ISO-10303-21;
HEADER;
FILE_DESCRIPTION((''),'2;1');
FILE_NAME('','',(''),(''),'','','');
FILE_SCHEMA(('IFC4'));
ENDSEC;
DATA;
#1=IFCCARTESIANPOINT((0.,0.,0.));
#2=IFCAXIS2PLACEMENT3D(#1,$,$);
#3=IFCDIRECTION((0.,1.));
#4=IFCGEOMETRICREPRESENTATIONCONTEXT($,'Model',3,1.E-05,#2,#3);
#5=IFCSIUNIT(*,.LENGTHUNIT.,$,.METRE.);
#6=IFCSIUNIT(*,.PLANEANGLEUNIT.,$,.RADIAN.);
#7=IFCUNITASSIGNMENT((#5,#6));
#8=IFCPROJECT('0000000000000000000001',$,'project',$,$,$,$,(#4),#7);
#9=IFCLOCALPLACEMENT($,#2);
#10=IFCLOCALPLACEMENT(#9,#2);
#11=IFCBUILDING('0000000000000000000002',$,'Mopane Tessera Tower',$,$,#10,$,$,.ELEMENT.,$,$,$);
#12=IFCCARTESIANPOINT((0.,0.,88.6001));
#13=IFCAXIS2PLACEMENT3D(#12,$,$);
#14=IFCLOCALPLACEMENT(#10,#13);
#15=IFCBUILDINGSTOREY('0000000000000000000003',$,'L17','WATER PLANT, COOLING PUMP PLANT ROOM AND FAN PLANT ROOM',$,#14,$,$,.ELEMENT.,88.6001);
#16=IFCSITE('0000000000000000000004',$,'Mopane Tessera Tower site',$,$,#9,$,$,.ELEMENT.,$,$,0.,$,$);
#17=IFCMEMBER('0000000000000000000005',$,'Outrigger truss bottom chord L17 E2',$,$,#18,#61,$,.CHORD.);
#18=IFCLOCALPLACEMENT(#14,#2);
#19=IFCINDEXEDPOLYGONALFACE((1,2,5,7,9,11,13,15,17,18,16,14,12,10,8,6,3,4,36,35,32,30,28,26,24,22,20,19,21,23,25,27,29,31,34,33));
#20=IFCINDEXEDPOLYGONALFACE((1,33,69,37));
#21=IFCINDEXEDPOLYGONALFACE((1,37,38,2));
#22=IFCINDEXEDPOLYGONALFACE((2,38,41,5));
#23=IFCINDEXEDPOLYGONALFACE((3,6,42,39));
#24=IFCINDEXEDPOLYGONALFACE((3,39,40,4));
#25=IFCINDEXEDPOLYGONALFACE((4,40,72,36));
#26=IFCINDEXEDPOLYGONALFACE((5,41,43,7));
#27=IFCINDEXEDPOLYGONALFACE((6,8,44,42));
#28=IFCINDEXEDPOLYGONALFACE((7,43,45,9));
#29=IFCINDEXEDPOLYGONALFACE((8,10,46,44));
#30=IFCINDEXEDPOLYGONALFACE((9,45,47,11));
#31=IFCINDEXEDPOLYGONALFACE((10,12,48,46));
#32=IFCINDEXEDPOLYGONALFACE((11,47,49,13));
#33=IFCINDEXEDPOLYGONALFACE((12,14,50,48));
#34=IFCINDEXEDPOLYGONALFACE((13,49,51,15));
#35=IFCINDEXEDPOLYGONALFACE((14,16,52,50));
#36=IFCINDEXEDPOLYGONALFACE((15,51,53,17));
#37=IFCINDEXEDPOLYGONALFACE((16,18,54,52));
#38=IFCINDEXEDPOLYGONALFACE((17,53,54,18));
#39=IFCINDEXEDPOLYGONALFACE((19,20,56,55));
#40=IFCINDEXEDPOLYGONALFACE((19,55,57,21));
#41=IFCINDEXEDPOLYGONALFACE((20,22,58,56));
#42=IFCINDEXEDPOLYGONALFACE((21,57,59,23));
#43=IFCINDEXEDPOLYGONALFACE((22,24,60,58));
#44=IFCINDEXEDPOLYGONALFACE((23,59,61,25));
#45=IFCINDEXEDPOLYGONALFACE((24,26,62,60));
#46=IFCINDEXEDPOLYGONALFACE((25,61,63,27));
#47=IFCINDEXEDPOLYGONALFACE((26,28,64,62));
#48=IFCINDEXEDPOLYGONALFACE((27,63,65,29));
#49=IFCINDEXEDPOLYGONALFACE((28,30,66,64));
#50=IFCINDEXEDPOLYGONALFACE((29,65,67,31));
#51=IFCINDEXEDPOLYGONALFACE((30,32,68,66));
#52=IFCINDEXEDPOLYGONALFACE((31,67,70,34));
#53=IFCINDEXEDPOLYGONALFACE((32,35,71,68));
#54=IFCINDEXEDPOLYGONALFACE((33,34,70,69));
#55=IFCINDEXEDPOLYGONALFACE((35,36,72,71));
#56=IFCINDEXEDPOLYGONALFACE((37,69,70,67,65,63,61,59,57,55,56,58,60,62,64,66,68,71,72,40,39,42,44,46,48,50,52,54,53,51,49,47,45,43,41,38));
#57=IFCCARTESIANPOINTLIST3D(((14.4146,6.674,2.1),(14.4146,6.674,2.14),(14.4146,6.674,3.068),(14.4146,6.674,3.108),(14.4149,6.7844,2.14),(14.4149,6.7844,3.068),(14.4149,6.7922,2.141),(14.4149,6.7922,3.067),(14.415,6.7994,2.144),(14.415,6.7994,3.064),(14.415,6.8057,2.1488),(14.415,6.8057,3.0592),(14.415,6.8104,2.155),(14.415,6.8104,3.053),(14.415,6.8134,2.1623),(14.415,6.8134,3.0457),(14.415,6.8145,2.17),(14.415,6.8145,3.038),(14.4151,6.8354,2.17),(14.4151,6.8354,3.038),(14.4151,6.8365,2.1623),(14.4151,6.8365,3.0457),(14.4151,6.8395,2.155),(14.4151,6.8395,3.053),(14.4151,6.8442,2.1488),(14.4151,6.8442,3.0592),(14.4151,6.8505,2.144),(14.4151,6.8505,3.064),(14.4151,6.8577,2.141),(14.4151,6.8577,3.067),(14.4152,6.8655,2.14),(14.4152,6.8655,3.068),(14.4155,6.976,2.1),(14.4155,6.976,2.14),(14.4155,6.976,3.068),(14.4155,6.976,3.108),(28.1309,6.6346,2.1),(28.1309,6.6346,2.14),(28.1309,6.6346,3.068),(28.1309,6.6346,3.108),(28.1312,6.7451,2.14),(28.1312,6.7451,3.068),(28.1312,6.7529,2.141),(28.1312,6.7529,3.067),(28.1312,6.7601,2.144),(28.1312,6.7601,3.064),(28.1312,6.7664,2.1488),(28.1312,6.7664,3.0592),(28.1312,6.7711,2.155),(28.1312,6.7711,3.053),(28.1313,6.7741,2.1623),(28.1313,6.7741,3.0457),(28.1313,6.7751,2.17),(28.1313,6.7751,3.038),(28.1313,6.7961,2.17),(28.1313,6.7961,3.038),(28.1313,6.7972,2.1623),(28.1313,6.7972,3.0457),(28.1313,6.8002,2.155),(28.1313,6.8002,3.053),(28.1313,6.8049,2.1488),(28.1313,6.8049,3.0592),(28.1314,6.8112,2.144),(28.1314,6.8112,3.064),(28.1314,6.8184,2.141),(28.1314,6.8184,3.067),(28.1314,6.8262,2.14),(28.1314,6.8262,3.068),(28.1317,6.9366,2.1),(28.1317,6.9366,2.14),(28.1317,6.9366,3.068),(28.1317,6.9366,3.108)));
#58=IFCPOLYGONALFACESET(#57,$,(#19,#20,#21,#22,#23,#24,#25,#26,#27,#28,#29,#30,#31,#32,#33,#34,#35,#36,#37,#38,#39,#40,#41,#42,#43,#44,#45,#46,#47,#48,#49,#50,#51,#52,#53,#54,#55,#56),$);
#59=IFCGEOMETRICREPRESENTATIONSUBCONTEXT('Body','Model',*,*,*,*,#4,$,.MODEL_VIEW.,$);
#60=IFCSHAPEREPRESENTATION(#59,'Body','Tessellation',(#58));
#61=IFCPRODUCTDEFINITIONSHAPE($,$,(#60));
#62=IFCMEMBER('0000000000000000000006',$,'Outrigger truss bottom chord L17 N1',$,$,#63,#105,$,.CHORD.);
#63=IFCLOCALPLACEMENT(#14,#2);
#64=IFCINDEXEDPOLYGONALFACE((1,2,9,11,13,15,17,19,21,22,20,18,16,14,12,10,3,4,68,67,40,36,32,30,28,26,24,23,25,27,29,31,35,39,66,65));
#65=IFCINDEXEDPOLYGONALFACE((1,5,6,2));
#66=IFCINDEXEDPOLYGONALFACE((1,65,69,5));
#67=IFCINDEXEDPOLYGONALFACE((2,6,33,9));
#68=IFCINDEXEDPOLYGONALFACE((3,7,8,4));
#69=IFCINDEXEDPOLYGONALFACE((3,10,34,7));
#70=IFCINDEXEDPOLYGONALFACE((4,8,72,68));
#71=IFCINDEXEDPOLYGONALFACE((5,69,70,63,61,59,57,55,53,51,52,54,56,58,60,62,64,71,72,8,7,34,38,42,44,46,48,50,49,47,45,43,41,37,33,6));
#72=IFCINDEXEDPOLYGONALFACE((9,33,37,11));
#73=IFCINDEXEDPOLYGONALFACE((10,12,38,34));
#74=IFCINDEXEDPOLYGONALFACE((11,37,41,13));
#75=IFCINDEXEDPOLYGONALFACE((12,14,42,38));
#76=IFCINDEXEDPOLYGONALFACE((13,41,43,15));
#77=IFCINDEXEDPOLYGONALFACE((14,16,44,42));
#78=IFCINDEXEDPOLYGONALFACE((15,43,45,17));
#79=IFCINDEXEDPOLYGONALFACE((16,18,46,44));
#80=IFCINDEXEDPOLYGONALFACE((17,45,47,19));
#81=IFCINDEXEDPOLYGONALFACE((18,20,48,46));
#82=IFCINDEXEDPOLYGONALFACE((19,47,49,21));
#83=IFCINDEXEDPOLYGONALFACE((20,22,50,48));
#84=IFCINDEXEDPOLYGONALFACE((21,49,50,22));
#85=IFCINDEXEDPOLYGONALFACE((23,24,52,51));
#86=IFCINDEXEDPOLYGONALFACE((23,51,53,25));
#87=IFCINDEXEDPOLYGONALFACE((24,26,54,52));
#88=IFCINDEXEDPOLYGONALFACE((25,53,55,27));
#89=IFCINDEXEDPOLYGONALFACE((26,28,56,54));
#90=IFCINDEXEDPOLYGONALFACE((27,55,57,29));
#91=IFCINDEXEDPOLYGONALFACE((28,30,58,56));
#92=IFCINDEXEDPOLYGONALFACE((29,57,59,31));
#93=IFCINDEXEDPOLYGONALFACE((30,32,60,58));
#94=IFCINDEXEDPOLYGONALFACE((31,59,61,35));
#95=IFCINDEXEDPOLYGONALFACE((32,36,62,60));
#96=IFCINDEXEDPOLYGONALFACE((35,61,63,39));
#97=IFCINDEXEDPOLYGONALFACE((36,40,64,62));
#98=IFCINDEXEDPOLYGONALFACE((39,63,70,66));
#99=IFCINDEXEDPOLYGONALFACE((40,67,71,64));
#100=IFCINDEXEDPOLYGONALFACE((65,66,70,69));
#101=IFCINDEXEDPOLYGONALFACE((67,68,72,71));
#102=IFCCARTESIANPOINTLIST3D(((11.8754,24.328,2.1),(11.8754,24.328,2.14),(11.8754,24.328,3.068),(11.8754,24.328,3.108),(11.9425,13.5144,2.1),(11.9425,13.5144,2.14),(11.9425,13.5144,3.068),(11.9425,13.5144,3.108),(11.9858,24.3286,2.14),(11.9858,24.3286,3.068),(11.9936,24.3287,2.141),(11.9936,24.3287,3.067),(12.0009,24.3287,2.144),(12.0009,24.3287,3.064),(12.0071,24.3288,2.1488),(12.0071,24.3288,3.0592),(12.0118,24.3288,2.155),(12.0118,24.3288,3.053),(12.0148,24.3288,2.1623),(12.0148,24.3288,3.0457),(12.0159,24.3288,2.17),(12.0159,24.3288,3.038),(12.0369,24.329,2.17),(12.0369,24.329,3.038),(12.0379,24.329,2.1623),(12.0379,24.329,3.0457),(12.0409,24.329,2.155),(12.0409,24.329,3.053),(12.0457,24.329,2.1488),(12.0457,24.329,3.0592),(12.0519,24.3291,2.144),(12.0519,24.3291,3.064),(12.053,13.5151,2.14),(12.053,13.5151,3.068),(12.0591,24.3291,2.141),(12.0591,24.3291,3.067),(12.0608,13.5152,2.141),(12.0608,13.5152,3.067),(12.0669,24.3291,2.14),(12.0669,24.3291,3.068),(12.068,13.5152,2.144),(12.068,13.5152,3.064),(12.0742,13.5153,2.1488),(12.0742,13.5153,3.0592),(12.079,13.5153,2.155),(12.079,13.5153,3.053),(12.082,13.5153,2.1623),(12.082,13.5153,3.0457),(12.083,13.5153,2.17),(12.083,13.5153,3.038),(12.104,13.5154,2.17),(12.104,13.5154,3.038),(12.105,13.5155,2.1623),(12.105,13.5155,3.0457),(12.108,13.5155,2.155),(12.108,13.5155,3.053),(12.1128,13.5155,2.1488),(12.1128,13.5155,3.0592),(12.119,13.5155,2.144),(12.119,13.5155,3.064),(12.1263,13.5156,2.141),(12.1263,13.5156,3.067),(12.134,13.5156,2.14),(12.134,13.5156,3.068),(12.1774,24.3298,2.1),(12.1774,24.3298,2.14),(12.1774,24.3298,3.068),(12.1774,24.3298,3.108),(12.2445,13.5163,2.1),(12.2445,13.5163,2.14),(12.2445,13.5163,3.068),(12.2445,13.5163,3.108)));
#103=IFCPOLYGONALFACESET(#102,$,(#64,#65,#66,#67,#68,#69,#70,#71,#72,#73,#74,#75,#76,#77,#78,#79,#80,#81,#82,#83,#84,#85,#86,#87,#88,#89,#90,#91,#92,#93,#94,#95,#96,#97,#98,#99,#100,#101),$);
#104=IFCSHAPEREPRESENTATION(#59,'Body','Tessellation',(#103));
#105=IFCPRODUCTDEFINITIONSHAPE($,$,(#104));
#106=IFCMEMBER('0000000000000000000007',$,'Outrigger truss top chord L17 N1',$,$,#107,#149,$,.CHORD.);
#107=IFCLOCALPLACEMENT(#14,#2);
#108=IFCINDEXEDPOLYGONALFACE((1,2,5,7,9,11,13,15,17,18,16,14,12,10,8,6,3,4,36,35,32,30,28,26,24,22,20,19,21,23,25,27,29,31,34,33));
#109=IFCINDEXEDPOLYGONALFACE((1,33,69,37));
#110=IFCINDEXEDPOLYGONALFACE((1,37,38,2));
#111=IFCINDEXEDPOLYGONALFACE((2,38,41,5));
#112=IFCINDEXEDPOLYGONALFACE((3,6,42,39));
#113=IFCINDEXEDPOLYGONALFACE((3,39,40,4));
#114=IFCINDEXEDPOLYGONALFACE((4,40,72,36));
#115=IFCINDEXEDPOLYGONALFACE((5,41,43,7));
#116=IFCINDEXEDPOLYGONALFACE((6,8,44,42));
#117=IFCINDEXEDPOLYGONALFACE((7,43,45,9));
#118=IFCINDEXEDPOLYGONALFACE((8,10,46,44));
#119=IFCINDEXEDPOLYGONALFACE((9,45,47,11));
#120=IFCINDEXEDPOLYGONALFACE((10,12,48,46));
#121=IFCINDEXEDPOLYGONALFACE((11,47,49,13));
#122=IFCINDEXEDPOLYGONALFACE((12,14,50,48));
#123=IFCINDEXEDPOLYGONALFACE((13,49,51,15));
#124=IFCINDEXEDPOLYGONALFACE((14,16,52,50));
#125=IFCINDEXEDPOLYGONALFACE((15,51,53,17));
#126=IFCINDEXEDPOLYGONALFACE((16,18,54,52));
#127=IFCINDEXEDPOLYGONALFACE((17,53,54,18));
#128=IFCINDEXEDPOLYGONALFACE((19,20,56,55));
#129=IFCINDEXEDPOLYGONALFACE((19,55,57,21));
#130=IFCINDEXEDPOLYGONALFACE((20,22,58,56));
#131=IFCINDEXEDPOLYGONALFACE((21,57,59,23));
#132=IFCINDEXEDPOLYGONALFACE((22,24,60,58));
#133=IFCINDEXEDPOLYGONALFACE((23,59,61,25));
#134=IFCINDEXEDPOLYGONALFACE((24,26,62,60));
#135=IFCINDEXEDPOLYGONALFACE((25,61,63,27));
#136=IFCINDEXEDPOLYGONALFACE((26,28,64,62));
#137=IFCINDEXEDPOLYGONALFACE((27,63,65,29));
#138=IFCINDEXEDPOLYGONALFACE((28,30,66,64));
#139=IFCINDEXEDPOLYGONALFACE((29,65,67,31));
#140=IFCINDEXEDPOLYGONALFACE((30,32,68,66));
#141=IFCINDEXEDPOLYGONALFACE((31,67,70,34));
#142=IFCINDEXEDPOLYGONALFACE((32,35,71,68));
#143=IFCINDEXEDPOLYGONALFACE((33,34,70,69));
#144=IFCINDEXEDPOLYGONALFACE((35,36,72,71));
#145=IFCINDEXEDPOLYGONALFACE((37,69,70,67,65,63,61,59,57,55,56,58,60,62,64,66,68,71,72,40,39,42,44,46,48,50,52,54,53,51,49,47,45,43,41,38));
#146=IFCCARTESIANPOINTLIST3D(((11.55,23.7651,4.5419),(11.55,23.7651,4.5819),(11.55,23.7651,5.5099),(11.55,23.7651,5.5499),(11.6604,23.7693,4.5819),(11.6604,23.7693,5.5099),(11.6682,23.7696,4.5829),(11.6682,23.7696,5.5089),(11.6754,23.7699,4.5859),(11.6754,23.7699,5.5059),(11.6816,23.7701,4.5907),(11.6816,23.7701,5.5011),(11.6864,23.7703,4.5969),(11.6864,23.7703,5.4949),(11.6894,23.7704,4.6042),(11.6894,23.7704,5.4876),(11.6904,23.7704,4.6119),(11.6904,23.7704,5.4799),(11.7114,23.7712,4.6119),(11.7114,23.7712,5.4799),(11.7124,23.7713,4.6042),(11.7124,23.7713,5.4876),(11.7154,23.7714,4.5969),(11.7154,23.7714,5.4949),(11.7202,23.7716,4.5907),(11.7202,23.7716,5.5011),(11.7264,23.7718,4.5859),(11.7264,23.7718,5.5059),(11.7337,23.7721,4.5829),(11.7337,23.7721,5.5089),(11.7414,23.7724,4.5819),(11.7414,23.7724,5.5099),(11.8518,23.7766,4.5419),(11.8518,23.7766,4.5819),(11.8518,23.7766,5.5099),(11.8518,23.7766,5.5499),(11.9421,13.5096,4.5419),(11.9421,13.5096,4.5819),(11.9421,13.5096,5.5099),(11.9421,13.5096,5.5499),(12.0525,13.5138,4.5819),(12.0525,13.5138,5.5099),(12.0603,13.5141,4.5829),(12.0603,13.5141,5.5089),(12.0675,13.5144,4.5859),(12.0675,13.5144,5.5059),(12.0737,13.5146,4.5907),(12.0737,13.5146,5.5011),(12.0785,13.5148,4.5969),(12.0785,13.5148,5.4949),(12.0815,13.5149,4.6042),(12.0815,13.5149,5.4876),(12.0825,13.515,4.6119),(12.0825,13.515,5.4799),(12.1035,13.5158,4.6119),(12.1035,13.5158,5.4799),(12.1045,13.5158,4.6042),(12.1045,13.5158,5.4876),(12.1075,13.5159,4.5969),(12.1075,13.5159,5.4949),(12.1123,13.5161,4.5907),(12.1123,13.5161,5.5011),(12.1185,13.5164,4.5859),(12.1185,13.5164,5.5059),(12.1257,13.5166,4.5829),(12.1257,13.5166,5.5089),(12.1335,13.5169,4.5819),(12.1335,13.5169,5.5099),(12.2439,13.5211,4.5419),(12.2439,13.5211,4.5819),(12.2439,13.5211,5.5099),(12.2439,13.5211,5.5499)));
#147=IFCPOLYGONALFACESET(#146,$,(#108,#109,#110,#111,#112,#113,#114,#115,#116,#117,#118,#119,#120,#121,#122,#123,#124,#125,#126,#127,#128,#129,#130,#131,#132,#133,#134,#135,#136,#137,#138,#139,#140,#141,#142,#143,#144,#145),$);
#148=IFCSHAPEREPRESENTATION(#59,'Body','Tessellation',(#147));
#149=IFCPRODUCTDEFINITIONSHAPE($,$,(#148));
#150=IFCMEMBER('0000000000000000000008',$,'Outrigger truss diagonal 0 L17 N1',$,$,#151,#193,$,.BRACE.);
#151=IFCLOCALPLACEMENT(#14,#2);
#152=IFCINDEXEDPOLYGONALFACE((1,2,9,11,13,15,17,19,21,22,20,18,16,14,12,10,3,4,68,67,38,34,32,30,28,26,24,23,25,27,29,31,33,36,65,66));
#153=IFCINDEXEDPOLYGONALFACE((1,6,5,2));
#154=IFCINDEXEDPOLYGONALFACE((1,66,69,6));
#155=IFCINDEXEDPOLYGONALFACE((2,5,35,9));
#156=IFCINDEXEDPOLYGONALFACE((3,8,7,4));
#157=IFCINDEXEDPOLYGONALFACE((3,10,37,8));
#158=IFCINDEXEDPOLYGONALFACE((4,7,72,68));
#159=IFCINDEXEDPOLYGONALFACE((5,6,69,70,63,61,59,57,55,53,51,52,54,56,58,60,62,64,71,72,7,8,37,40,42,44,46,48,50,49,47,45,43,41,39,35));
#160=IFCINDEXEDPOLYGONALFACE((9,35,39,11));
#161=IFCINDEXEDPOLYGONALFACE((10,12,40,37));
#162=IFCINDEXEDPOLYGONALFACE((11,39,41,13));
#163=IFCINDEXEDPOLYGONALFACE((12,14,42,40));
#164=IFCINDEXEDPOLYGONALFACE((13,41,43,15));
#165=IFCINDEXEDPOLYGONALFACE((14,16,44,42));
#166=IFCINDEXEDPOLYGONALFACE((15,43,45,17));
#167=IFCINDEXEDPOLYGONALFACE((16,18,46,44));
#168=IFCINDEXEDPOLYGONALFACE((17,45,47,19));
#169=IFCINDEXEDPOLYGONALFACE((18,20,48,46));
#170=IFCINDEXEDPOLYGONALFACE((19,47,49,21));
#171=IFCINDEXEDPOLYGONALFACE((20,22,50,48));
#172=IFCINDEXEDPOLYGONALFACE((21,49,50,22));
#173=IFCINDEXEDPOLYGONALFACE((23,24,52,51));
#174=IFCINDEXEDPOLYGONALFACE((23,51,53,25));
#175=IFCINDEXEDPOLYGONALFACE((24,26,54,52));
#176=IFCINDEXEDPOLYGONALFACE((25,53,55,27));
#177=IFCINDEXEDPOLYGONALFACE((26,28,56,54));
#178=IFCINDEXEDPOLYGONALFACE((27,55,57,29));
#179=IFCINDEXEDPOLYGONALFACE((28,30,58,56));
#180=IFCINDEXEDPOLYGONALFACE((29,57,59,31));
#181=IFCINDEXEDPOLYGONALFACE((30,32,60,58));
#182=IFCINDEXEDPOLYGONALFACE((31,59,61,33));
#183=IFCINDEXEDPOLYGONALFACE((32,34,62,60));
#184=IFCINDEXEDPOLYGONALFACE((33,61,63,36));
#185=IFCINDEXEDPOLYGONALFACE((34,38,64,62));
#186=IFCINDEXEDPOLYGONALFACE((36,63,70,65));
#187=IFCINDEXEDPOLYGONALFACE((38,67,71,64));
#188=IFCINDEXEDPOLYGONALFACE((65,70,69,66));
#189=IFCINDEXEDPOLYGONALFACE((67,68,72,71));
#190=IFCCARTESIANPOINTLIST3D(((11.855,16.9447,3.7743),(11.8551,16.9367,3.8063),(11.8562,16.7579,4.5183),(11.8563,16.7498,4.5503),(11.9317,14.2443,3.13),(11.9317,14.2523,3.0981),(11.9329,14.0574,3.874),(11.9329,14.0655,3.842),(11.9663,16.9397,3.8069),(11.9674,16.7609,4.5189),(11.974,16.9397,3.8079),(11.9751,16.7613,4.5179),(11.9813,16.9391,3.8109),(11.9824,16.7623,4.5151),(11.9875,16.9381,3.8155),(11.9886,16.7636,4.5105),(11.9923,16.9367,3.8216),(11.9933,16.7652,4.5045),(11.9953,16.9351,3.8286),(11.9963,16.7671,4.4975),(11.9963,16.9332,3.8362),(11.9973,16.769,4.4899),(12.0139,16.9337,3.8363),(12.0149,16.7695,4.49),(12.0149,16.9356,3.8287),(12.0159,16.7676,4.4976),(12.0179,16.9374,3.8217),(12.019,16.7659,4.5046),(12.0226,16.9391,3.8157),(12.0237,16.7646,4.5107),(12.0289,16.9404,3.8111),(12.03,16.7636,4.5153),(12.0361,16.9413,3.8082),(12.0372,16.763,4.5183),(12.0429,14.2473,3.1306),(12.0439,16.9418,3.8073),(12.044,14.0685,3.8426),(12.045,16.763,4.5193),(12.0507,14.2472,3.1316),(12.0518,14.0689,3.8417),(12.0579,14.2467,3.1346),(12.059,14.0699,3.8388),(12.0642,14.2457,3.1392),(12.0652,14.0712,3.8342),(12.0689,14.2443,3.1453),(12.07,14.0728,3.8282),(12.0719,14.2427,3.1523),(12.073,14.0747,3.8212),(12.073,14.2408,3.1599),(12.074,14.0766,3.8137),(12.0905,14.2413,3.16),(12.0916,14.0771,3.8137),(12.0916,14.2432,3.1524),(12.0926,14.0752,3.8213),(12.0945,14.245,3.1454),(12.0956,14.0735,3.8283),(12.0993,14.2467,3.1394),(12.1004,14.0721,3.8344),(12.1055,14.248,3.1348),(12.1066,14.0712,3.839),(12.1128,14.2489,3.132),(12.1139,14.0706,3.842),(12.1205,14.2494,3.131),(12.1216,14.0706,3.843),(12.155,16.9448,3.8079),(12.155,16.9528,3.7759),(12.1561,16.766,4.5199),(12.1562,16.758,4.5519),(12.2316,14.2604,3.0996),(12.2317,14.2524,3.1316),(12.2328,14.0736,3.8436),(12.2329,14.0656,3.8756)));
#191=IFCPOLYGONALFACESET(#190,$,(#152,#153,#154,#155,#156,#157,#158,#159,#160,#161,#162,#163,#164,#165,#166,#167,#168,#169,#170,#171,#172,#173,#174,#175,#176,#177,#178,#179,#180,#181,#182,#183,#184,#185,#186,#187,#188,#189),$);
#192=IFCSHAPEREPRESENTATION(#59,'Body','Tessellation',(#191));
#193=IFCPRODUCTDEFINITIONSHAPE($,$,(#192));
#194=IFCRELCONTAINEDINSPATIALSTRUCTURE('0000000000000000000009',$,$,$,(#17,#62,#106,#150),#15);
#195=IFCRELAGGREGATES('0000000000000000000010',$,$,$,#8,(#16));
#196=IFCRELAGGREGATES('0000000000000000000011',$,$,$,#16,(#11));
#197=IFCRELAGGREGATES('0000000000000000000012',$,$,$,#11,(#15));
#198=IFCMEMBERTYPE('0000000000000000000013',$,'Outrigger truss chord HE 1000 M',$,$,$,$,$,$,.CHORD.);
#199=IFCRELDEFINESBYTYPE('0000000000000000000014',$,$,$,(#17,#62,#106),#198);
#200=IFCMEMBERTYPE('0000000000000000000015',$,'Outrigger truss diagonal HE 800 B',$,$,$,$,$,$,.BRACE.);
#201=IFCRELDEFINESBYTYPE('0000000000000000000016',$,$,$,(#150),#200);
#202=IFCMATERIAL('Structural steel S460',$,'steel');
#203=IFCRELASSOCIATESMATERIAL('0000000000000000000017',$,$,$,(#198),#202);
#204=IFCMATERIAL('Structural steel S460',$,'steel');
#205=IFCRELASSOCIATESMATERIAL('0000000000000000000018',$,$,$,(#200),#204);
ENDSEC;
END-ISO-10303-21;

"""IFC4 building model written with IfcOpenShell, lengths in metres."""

from ifc_helpers import new_model, si_unit, direction, frame, origin, origin_2d, place, context, subcontext, project, spatial, i_section, extrude, material, material_profile, profile_set, type_object, element, save


model = new_model("IFC4")

# Units and contexts
model_context = context("Model", 3, precision=1e-05, world=origin(), true_north=direction((0.0, 1.0)))
body_context = subcontext(model_context, "Body", "Model", "MODEL_VIEW")
ifc_project = project(units=[si_unit("LENGTHUNIT", "METRE"), si_unit("PLANEANGLEUNIT", "RADIAN")], contexts=[model_context])

# Site, building, storey
site_placement = place(None, origin())
site = spatial("IfcSite", under=ifc_project, at=site_placement, Name="Mopane Tessera Tower site", CompositionType="ELEMENT", RefElevation=0.0)
building_placement = place(site_placement, origin())
building = spatial("IfcBuilding", under=site, at=building_placement, Name="Mopane Tessera Tower", CompositionType="ELEMENT")
storey_placement = place(building_placement, frame((0.0, 0.0, 88.6001)))
storey = spatial("IfcBuildingStorey", under=building, at=storey_placement, Name="L17", Description="WATER PLANT, COOLING PUMP PLANT ROOM AND FAN PLANT ROOM", CompositionType="ELEMENT", Elevation=88.6001)

# Members
ifc_material_1 = material(Name="Structural steel S460", Category="steel")
ifc_material_profile_1 = material_profile(ifc_material_1, i_section(OverallWidth=0.302, OverallDepth=1.0081, WebThickness=0.021, FlangeThickness=0.04, FilletRadius=0.03, at=origin_2d()))
ifc_profile_set_1 = profile_set([ifc_material_profile_1], Name="Structural steel S460")
member_type_1 = type_object("IfcMemberType", Name="Outrigger truss chord HE 1000 M", PredefinedType="CHORD", material=ifc_profile_set_1)
member_1_placement = place(storey_placement, frame((14.415, 6.825, 2.604), z_axis=(0.999996, -0.002866, 0.0), x_axis=(0.002866, 0.999996, 0.0)))
element("IfcMember", 1, at=member_1_placement, inside=storey, type_object=member_type_1, Name="Outrigger truss bottom chord L17 E2", PredefinedType="CHORD", context=body_context, shape_type="SweptSolid", body=[
    extrude(i_section(OverallWidth=0.302, OverallDepth=1.0081, WebThickness=0.021, FlangeThickness=0.04, FilletRadius=0.03, at=origin_2d()), origin(), (0.0, 0.0, 1.0), 13.7163),
])
member_2_placement = place(storey_placement, frame((12.0935, 13.5154, 2.604), z_axis=(-0.006209, 0.999981, 0.0), x_axis=(-0.999981, -0.006209, 0.0)))
element("IfcMember", 2, at=member_2_placement, inside=storey, type_object=member_type_1, Name="Outrigger truss bottom chord L17 N1", PredefinedType="CHORD", context=body_context, shape_type="SweptSolid", body=[
    extrude(i_section(OverallWidth=0.302, OverallDepth=1.0081, WebThickness=0.021, FlangeThickness=0.04, FilletRadius=0.03, at=origin_2d()), origin(), (0.0, 0.0, 1.0), 10.8137),
])
member_3_placement = place(storey_placement, frame((12.093, 13.5154, 5.0459), z_axis=(-0.038205, 0.99927, 0.0), x_axis=(-0.99927, -0.038205, 0.0)))
element("IfcMember", 3, at=member_3_placement, inside=storey, type_object=member_type_1, Name="Outrigger truss top chord L17 N1", PredefinedType="CHORD", context=body_context, shape_type="SweptSolid", body=[
    extrude(i_section(OverallWidth=0.302, OverallDepth=1.0081, WebThickness=0.021, FlangeThickness=0.04, FilletRadius=0.03, at=origin_2d()), origin(), (0.0, 0.0, 1.0), 10.2629),
])
ifc_material_2 = material(Name="Structural steel S460", Category="steel")
ifc_material_profile_2 = material_profile(ifc_material_2, i_section(OverallWidth=0.3, OverallDepth=0.8, WebThickness=0.0176, FlangeThickness=0.033, FilletRadius=0.03, at=origin_2d()))
ifc_profile_set_2 = profile_set([ifc_material_profile_2], Name="Structural steel S460")
member_type_2 = type_object("IfcMemberType", Name="Outrigger truss diagonal HE 800 B", PredefinedType="BRACE", material=ifc_profile_set_2)
member_4_placement = place(storey_placement, frame((12.0823, 14.1589, 3.4868), z_axis=(-0.027605, 0.969503, 0.243519), x_axis=(-0.999618, -0.027144, -0.005247)))
element("IfcMember", 4, at=member_4_placement, inside=storey, type_object=member_type_2, Name="Outrigger truss diagonal 0 L17 N1", PredefinedType="BRACE", context=body_context, shape_type="SweptSolid", body=[
    extrude(i_section(OverallWidth=0.3, OverallDepth=0.8, WebThickness=0.0176, FlangeThickness=0.033, FilletRadius=0.03, at=origin_2d()), origin(), (0.0, 0.0, 1.0), 2.7771),
])

save(model, "model.ifc")
